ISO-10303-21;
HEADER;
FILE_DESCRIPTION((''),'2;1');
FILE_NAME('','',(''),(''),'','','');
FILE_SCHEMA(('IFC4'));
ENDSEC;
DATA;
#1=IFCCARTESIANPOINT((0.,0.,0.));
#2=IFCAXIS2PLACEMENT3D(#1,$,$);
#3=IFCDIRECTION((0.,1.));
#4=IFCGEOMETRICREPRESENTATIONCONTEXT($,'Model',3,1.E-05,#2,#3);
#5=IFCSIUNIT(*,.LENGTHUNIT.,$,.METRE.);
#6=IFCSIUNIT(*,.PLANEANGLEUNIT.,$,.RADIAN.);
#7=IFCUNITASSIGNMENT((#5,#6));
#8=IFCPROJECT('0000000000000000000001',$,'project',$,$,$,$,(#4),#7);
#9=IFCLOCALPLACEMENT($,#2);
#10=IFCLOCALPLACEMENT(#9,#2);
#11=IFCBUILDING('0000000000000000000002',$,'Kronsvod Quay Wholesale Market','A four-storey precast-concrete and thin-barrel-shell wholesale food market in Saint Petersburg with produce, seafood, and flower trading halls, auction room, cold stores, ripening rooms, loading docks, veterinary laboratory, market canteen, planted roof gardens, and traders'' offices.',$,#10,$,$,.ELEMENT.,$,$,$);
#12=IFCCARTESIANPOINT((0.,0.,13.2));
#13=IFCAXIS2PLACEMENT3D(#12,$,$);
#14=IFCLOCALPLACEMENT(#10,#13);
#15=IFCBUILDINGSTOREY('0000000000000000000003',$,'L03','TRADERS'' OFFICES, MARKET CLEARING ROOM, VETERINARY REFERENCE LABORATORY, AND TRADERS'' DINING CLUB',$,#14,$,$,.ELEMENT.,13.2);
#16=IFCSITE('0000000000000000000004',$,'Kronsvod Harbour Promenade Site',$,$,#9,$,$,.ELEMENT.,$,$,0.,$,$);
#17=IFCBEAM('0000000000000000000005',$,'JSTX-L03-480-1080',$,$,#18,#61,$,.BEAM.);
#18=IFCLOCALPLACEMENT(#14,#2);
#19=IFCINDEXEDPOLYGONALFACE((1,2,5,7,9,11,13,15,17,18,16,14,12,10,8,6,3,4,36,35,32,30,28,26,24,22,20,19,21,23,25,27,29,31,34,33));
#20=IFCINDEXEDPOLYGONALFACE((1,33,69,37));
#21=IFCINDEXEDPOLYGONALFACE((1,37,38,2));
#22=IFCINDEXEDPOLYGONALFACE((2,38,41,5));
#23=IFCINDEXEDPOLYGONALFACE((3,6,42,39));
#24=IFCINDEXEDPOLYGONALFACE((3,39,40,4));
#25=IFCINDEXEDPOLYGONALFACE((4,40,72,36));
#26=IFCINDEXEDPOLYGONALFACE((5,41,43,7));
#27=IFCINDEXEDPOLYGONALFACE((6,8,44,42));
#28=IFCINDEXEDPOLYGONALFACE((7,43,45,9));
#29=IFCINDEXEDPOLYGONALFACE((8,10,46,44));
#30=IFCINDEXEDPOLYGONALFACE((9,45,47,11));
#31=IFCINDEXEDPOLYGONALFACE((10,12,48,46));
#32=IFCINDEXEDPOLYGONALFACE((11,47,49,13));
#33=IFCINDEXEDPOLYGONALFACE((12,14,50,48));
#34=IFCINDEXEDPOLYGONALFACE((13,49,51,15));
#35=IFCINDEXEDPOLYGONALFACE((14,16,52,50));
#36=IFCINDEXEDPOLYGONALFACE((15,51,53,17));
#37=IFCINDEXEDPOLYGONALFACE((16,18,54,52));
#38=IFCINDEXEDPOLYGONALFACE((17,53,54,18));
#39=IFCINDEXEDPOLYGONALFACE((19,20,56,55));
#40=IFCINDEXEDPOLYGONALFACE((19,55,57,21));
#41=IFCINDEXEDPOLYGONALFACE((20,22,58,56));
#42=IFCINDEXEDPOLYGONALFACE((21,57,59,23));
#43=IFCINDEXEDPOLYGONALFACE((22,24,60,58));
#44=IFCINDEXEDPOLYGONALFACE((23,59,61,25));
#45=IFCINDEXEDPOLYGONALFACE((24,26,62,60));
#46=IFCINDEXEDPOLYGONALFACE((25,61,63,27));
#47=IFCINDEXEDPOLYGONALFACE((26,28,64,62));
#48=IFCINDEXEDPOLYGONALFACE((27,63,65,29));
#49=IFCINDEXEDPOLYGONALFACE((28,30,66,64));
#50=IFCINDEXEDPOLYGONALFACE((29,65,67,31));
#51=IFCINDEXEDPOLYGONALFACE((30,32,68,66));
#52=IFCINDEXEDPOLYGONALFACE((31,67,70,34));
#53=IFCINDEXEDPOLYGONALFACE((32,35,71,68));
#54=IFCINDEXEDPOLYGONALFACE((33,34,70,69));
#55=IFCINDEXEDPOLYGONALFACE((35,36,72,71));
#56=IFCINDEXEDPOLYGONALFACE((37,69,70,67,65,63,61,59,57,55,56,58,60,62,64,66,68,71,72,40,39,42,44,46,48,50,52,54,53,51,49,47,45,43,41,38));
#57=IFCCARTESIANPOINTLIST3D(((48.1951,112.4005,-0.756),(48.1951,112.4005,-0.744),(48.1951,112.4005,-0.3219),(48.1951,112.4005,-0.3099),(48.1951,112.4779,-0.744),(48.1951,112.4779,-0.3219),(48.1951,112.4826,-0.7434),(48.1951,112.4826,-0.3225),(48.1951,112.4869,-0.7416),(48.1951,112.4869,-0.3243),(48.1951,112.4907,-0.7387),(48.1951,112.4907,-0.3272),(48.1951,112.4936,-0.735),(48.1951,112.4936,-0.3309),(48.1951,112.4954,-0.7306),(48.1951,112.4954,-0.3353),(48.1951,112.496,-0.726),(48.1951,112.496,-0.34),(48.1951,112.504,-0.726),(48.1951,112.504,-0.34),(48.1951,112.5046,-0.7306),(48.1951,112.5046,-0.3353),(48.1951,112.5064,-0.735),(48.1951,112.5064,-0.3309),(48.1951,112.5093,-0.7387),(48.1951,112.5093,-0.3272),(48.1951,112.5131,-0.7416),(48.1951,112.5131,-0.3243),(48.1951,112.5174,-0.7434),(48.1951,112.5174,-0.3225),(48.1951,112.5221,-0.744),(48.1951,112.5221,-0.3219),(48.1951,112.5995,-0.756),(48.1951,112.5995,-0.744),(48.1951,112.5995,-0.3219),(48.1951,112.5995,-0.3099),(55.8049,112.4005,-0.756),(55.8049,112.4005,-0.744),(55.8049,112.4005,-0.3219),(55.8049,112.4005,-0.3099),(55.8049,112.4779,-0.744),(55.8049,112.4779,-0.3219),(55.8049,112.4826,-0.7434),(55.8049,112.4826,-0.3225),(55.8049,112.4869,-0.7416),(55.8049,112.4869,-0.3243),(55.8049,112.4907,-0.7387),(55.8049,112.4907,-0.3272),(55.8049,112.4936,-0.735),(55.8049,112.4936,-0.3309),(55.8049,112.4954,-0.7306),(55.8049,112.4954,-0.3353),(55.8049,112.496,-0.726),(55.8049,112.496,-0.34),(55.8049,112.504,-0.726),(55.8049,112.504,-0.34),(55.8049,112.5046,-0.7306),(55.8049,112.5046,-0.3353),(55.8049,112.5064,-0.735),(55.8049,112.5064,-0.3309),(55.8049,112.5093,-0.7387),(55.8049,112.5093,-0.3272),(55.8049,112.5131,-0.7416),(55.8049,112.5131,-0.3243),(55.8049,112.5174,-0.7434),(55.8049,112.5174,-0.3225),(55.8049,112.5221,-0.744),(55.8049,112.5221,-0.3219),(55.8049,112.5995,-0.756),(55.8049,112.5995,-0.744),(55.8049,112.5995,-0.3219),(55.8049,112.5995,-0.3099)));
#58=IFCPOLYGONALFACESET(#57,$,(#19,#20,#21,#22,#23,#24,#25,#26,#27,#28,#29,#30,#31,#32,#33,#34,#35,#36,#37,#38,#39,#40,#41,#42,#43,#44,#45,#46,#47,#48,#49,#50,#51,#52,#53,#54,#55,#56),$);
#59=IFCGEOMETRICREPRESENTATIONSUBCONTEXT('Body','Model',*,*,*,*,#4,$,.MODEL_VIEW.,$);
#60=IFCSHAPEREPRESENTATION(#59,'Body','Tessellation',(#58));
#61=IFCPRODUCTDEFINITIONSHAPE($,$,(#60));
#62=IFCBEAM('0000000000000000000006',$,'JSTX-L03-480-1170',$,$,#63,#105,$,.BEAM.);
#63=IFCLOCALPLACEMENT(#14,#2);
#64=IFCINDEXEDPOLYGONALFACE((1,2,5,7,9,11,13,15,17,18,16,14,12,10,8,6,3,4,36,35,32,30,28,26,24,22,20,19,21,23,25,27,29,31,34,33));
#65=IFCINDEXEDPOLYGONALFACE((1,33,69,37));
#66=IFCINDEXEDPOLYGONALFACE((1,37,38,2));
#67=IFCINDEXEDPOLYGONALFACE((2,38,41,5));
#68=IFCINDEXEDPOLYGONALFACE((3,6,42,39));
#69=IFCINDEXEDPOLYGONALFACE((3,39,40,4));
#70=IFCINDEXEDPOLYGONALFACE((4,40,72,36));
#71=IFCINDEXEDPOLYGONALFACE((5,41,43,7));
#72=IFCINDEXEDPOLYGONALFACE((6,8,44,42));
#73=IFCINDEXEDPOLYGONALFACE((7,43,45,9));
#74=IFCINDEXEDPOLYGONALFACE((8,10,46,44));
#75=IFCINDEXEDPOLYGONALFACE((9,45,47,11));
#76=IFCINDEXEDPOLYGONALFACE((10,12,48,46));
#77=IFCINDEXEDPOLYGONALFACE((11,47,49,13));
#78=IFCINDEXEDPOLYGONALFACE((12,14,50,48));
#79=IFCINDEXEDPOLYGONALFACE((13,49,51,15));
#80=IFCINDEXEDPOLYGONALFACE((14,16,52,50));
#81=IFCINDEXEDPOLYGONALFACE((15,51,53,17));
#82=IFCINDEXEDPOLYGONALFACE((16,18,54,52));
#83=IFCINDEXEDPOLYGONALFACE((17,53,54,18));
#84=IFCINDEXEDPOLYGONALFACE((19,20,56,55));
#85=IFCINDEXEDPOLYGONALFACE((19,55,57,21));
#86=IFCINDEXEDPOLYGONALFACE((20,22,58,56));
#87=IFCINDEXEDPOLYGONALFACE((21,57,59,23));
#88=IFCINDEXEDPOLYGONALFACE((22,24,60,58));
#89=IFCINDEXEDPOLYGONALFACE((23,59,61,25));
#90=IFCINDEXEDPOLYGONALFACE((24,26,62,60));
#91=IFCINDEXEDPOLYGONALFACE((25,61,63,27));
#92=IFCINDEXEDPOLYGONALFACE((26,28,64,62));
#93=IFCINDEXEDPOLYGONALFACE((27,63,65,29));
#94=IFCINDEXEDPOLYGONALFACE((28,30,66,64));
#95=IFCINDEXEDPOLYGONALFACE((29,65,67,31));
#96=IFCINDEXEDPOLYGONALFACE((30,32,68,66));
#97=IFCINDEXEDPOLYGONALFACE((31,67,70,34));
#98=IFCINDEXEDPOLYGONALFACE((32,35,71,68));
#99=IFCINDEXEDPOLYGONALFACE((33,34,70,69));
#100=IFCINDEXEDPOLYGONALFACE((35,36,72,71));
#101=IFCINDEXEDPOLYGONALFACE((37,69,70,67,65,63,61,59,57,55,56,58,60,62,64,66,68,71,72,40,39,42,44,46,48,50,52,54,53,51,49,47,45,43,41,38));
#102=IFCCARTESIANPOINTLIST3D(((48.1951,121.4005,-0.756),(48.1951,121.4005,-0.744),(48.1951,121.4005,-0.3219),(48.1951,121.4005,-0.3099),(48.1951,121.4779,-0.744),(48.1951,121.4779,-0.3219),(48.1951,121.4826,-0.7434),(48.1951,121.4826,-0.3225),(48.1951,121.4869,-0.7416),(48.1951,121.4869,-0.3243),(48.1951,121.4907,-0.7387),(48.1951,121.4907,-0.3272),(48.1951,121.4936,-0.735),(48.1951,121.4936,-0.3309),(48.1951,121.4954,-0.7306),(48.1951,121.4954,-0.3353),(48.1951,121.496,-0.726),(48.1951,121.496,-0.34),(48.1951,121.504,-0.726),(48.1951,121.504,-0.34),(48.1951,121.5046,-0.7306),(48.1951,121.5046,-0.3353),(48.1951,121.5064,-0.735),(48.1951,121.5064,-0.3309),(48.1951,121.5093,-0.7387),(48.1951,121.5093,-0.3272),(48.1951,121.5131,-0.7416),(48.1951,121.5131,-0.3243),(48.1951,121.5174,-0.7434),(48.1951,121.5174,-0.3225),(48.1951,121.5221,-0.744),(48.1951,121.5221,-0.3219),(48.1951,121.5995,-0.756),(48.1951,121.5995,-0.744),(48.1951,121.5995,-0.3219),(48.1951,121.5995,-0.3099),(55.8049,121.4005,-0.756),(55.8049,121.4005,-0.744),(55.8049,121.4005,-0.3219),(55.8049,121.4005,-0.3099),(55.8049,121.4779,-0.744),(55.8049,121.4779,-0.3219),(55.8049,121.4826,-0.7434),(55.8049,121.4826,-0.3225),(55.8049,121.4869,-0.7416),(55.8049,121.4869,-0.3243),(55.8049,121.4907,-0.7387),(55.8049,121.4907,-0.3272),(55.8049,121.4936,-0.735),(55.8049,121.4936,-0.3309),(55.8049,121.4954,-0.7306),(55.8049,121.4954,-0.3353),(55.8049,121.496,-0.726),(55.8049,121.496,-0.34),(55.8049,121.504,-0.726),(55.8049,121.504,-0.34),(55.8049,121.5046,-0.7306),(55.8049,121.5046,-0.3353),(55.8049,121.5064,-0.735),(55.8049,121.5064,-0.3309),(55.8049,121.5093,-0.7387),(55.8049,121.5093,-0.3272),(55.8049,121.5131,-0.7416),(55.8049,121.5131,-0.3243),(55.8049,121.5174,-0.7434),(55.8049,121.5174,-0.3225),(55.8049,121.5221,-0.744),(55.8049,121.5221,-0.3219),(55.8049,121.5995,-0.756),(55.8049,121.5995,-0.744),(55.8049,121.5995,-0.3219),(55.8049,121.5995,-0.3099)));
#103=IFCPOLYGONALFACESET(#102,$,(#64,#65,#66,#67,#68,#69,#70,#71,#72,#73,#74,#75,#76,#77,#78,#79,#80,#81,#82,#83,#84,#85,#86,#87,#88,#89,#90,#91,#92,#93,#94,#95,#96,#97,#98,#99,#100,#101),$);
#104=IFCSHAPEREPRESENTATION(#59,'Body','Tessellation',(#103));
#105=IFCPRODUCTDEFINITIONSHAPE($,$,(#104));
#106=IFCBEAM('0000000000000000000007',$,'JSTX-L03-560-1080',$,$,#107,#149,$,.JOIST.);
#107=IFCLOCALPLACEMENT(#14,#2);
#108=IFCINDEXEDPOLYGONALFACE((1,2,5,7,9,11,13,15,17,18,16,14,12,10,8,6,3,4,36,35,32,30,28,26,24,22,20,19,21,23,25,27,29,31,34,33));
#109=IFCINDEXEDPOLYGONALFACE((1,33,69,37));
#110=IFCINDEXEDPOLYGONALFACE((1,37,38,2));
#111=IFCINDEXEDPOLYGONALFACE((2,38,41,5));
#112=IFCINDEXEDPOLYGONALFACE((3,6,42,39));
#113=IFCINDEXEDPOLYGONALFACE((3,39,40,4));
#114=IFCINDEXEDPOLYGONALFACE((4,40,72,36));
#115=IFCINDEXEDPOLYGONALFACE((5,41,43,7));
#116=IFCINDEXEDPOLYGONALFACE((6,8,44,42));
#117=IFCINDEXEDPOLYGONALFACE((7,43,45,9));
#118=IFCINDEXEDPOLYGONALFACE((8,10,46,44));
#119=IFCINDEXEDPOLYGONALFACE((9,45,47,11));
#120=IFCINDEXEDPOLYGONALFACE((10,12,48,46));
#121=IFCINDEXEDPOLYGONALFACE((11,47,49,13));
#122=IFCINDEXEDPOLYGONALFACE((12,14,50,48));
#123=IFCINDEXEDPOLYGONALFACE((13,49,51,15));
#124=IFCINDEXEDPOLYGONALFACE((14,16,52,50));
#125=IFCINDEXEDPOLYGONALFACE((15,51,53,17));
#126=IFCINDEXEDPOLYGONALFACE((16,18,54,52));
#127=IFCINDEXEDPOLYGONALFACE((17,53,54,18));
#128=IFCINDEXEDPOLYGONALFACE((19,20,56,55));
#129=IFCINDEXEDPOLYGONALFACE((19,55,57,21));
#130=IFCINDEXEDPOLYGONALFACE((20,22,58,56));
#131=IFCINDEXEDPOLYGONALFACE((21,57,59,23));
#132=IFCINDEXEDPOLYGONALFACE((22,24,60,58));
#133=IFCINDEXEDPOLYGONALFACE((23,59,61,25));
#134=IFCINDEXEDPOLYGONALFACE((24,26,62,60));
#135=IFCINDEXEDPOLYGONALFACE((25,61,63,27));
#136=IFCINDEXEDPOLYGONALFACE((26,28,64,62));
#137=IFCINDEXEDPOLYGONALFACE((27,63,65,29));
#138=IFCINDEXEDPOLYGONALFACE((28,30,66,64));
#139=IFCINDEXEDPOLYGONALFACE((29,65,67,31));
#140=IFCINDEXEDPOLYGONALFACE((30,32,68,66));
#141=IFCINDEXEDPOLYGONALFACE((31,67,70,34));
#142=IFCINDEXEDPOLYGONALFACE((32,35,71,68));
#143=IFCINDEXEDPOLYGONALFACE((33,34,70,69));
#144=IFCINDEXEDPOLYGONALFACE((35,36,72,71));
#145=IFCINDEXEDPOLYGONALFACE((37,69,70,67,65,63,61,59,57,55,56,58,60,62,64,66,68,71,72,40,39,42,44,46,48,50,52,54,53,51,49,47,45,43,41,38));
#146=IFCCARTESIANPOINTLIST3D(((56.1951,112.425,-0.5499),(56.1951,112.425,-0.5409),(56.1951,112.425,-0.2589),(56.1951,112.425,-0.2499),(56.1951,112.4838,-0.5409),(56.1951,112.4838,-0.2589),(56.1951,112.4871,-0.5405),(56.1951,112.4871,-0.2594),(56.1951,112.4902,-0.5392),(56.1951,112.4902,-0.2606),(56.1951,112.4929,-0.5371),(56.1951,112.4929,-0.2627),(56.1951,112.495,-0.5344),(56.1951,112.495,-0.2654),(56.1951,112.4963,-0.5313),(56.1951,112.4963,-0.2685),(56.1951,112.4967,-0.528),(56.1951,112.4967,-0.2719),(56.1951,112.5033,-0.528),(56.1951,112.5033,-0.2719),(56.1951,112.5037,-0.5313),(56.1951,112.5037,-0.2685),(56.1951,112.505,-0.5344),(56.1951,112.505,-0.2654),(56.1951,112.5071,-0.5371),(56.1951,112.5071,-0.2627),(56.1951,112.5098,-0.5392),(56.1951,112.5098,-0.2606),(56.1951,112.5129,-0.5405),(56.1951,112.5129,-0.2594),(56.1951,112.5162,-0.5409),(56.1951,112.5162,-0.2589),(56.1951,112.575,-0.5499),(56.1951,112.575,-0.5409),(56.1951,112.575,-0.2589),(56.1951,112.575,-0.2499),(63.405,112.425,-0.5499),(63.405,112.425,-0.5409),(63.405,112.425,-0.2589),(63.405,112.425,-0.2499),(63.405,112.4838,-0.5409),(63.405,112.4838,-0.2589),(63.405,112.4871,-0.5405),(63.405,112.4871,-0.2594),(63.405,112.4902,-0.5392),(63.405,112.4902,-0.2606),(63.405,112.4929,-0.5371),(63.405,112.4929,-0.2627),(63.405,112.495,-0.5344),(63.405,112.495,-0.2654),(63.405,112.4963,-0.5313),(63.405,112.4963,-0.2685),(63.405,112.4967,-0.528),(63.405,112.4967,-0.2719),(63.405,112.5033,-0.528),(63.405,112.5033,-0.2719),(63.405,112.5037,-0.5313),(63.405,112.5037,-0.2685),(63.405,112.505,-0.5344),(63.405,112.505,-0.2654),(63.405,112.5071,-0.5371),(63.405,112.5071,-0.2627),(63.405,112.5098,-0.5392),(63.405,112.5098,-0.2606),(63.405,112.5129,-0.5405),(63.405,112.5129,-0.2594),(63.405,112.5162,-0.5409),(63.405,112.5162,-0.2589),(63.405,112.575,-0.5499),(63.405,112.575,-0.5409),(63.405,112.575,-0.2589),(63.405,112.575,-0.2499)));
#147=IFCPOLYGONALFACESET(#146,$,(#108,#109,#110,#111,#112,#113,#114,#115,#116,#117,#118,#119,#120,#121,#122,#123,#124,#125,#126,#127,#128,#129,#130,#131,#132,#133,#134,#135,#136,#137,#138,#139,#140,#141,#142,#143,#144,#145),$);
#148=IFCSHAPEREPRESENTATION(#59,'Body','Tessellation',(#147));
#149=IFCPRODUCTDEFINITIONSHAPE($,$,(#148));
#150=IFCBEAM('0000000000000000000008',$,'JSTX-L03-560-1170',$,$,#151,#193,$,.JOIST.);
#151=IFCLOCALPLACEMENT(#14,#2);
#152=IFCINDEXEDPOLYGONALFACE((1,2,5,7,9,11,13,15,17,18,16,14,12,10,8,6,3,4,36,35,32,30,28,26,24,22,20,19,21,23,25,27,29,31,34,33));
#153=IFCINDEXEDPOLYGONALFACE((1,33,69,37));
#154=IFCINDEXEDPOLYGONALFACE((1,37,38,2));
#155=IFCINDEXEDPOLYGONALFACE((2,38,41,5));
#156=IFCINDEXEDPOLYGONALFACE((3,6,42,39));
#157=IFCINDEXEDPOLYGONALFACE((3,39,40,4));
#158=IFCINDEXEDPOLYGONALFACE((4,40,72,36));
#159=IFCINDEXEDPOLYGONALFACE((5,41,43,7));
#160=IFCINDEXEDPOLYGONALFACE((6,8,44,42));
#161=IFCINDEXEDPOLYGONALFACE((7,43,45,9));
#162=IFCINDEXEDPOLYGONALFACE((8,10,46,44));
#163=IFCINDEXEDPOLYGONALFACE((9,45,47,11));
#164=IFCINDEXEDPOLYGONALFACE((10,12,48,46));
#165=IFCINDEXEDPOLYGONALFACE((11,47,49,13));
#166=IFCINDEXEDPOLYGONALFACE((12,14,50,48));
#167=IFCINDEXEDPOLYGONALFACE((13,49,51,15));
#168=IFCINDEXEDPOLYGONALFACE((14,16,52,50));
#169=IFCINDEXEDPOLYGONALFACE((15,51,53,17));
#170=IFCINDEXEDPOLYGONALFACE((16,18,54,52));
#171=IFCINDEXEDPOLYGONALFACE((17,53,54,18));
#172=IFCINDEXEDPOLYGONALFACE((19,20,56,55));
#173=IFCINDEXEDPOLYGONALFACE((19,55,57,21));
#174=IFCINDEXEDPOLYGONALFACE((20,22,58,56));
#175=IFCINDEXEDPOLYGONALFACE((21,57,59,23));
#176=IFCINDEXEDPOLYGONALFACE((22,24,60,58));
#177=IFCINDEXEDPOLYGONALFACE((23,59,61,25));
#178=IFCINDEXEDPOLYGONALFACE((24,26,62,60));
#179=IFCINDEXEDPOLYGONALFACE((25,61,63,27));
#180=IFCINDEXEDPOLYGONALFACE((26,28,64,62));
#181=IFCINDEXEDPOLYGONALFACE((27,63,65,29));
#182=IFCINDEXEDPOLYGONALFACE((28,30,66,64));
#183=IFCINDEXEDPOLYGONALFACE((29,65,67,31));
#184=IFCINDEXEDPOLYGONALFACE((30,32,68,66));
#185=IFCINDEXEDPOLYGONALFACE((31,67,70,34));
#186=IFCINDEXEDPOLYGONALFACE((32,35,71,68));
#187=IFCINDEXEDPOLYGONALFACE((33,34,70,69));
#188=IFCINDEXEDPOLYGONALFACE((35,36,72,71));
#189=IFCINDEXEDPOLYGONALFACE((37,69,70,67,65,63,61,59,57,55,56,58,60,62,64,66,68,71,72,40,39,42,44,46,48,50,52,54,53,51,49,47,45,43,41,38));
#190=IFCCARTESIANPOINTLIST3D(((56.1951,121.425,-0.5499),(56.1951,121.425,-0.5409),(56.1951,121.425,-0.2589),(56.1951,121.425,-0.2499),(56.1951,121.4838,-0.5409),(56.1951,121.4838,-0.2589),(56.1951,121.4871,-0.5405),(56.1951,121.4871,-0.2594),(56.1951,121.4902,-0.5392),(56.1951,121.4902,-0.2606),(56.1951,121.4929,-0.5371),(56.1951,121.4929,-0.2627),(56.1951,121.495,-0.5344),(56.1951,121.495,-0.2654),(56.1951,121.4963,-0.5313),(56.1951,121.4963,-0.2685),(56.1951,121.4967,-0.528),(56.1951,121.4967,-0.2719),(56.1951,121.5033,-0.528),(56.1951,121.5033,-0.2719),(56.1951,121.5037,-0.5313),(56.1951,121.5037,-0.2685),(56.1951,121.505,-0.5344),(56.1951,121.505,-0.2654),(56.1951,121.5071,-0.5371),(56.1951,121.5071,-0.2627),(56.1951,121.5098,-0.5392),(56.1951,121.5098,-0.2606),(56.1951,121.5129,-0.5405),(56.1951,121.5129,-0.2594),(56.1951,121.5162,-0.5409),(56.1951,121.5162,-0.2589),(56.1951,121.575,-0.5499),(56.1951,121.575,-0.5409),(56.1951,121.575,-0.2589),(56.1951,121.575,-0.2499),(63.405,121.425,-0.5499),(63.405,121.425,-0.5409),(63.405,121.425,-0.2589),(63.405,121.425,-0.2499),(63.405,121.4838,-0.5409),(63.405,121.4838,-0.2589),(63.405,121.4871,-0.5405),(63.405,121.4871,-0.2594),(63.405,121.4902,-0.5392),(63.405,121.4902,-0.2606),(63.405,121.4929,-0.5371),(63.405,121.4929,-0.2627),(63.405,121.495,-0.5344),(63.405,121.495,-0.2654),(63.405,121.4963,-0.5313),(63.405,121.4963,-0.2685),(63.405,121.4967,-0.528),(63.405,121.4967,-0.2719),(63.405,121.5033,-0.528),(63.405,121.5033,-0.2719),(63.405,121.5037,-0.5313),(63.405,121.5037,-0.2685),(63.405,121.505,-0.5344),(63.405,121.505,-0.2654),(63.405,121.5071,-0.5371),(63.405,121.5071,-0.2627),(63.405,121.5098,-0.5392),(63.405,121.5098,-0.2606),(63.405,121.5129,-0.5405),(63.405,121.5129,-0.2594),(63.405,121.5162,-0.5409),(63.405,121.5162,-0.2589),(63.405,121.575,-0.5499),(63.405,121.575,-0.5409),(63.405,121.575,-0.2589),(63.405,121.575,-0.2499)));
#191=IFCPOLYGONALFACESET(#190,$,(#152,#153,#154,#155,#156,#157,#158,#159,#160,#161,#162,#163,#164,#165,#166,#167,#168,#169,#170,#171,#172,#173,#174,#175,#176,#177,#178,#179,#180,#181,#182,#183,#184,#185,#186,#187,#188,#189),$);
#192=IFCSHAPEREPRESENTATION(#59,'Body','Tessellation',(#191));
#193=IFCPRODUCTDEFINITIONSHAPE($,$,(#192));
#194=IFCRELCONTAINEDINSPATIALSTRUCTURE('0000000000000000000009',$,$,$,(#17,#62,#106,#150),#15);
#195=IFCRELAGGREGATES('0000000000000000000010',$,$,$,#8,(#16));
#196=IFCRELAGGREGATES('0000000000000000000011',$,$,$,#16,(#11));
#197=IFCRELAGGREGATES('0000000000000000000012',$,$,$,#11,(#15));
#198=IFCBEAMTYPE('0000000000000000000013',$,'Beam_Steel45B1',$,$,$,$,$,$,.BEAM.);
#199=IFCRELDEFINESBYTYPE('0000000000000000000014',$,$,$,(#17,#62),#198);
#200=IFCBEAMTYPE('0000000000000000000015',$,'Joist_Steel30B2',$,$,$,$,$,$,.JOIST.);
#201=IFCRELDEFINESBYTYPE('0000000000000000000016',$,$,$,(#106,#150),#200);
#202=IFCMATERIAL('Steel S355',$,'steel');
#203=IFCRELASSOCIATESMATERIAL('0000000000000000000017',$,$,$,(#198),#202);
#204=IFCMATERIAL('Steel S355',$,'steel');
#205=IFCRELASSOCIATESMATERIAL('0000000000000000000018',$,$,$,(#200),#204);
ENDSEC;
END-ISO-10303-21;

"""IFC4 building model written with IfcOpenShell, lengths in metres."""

from ifc_helpers import new_model, si_unit, direction, frame, origin, origin_2d, place, context, subcontext, project, spatial, i_section, extrude, material, material_profile, profile_set, type_object, element, save


model = new_model("IFC4")

# Units and contexts
model_context = context("Model", 3, precision=1e-05, world=origin(), true_north=direction((0.0, 1.0)))
body_context = subcontext(model_context, "Body", "Model", "MODEL_VIEW")
ifc_project = project(units=[si_unit("LENGTHUNIT", "METRE"), si_unit("PLANEANGLEUNIT", "RADIAN")], contexts=[model_context])

# Site, building, storey
site_placement = place(None, origin())
site = spatial("IfcSite", under=ifc_project, at=site_placement, Name="Kronsvod Harbour Promenade Site", CompositionType="ELEMENT", RefElevation=0.0)
building_placement = place(site_placement, origin())
building = spatial("IfcBuilding", under=site, at=building_placement, Name="Kronsvod Quay Wholesale Market", Description="A four-storey precast-concrete and thin-barrel-shell wholesale food market in Saint Petersburg with produce, seafood, and flower trading halls, auction room, cold stores, ripening rooms, loading docks, veterinary laboratory, market canteen, planted roof gardens, and traders' offices.", CompositionType="ELEMENT")
storey_placement = place(building_placement, frame((0.0, 0.0, 13.2)))
storey = spatial("IfcBuildingStorey", under=building, at=storey_placement, Name="L03", Description="TRADERS' OFFICES, MARKET CLEARING ROOM, VETERINARY REFERENCE LABORATORY, AND TRADERS' DINING CLUB", CompositionType="ELEMENT", Elevation=13.2)

# Beams
ifc_material_1 = material(Name="Steel S355", Category="steel")
ifc_material_profile_1 = material_profile(ifc_material_1, i_section(OverallWidth=0.199, OverallDepth=0.446, WebThickness=0.0081, FlangeThickness=0.012, FilletRadius=0.0181, at=origin_2d()), Name="45B1")
ifc_profile_set_1 = profile_set([ifc_material_profile_1], Name="Steel S355")
beam_type_1 = type_object("IfcBeamType", Name="Beam_Steel45B1", PredefinedType="BEAM", material=ifc_profile_set_1)
for number, where, z_axis, x_axis, name in (
    (1, (48.1951, 112.5, -0.533), (1.0, 0.0, 0.0), (0.0, 1.0, 0.0), "JSTX-L03-480-1080"),
    (2, (48.1951, 121.5, -0.533), (1.0, 0.0, 0.0), (0.0, 1.0, 0.0), "JSTX-L03-480-1170"),
):
    element("IfcBeam", number, at=place(storey_placement, frame(where, z_axis=z_axis, x_axis=x_axis)), inside=storey, type_object=beam_type_1, Name=name, PredefinedType="BEAM", context=body_context, shape_type="SweptSolid", body=[
        extrude(i_section(OverallWidth=0.199, OverallDepth=0.446, WebThickness=0.0081, FlangeThickness=0.012, FilletRadius=0.0181, at=origin_2d()), origin(), (0.0, 0.0, 1.0), 7.6099),
    ])
ifc_material_2 = material(Name="Steel S355", Category="steel")
ifc_material_profile_2 = material_profile(ifc_material_2, i_section(OverallWidth=0.1499, OverallDepth=0.3, WebThickness=0.0066, FlangeThickness=0.009, FilletRadius=0.0129, at=origin_2d()), Name="30B2")
ifc_profile_set_2 = profile_set([ifc_material_profile_2], Name="Steel S355")
beam_type_2 = type_object("IfcBeamType", Name="Joist_Steel30B2", PredefinedType="JOIST", material=ifc_profile_set_2)
for number, where, z_axis, x_axis, name in (
    (3, (56.1951, 112.5, -0.3999), (1.0, 0.0, 0.0), (0.0, 1.0, 0.0), "JSTX-L03-560-1080"),
    (4, (56.1951, 121.5, -0.3999), (1.0, 0.0, 0.0), (0.0, 1.0, 0.0), "JSTX-L03-560-1170"),
):
    element("IfcBeam", number, at=place(storey_placement, frame(where, z_axis=z_axis, x_axis=x_axis)), inside=storey, type_object=beam_type_2, Name=name, PredefinedType="JOIST", context=body_context, shape_type="SweptSolid", body=[
        extrude(i_section(OverallWidth=0.1499, OverallDepth=0.3, WebThickness=0.0066, FlangeThickness=0.009, FilletRadius=0.0129, at=origin_2d()), origin(), (0.0, 0.0, 1.0), 7.21),
    ])

save(model, "model.ifc")
